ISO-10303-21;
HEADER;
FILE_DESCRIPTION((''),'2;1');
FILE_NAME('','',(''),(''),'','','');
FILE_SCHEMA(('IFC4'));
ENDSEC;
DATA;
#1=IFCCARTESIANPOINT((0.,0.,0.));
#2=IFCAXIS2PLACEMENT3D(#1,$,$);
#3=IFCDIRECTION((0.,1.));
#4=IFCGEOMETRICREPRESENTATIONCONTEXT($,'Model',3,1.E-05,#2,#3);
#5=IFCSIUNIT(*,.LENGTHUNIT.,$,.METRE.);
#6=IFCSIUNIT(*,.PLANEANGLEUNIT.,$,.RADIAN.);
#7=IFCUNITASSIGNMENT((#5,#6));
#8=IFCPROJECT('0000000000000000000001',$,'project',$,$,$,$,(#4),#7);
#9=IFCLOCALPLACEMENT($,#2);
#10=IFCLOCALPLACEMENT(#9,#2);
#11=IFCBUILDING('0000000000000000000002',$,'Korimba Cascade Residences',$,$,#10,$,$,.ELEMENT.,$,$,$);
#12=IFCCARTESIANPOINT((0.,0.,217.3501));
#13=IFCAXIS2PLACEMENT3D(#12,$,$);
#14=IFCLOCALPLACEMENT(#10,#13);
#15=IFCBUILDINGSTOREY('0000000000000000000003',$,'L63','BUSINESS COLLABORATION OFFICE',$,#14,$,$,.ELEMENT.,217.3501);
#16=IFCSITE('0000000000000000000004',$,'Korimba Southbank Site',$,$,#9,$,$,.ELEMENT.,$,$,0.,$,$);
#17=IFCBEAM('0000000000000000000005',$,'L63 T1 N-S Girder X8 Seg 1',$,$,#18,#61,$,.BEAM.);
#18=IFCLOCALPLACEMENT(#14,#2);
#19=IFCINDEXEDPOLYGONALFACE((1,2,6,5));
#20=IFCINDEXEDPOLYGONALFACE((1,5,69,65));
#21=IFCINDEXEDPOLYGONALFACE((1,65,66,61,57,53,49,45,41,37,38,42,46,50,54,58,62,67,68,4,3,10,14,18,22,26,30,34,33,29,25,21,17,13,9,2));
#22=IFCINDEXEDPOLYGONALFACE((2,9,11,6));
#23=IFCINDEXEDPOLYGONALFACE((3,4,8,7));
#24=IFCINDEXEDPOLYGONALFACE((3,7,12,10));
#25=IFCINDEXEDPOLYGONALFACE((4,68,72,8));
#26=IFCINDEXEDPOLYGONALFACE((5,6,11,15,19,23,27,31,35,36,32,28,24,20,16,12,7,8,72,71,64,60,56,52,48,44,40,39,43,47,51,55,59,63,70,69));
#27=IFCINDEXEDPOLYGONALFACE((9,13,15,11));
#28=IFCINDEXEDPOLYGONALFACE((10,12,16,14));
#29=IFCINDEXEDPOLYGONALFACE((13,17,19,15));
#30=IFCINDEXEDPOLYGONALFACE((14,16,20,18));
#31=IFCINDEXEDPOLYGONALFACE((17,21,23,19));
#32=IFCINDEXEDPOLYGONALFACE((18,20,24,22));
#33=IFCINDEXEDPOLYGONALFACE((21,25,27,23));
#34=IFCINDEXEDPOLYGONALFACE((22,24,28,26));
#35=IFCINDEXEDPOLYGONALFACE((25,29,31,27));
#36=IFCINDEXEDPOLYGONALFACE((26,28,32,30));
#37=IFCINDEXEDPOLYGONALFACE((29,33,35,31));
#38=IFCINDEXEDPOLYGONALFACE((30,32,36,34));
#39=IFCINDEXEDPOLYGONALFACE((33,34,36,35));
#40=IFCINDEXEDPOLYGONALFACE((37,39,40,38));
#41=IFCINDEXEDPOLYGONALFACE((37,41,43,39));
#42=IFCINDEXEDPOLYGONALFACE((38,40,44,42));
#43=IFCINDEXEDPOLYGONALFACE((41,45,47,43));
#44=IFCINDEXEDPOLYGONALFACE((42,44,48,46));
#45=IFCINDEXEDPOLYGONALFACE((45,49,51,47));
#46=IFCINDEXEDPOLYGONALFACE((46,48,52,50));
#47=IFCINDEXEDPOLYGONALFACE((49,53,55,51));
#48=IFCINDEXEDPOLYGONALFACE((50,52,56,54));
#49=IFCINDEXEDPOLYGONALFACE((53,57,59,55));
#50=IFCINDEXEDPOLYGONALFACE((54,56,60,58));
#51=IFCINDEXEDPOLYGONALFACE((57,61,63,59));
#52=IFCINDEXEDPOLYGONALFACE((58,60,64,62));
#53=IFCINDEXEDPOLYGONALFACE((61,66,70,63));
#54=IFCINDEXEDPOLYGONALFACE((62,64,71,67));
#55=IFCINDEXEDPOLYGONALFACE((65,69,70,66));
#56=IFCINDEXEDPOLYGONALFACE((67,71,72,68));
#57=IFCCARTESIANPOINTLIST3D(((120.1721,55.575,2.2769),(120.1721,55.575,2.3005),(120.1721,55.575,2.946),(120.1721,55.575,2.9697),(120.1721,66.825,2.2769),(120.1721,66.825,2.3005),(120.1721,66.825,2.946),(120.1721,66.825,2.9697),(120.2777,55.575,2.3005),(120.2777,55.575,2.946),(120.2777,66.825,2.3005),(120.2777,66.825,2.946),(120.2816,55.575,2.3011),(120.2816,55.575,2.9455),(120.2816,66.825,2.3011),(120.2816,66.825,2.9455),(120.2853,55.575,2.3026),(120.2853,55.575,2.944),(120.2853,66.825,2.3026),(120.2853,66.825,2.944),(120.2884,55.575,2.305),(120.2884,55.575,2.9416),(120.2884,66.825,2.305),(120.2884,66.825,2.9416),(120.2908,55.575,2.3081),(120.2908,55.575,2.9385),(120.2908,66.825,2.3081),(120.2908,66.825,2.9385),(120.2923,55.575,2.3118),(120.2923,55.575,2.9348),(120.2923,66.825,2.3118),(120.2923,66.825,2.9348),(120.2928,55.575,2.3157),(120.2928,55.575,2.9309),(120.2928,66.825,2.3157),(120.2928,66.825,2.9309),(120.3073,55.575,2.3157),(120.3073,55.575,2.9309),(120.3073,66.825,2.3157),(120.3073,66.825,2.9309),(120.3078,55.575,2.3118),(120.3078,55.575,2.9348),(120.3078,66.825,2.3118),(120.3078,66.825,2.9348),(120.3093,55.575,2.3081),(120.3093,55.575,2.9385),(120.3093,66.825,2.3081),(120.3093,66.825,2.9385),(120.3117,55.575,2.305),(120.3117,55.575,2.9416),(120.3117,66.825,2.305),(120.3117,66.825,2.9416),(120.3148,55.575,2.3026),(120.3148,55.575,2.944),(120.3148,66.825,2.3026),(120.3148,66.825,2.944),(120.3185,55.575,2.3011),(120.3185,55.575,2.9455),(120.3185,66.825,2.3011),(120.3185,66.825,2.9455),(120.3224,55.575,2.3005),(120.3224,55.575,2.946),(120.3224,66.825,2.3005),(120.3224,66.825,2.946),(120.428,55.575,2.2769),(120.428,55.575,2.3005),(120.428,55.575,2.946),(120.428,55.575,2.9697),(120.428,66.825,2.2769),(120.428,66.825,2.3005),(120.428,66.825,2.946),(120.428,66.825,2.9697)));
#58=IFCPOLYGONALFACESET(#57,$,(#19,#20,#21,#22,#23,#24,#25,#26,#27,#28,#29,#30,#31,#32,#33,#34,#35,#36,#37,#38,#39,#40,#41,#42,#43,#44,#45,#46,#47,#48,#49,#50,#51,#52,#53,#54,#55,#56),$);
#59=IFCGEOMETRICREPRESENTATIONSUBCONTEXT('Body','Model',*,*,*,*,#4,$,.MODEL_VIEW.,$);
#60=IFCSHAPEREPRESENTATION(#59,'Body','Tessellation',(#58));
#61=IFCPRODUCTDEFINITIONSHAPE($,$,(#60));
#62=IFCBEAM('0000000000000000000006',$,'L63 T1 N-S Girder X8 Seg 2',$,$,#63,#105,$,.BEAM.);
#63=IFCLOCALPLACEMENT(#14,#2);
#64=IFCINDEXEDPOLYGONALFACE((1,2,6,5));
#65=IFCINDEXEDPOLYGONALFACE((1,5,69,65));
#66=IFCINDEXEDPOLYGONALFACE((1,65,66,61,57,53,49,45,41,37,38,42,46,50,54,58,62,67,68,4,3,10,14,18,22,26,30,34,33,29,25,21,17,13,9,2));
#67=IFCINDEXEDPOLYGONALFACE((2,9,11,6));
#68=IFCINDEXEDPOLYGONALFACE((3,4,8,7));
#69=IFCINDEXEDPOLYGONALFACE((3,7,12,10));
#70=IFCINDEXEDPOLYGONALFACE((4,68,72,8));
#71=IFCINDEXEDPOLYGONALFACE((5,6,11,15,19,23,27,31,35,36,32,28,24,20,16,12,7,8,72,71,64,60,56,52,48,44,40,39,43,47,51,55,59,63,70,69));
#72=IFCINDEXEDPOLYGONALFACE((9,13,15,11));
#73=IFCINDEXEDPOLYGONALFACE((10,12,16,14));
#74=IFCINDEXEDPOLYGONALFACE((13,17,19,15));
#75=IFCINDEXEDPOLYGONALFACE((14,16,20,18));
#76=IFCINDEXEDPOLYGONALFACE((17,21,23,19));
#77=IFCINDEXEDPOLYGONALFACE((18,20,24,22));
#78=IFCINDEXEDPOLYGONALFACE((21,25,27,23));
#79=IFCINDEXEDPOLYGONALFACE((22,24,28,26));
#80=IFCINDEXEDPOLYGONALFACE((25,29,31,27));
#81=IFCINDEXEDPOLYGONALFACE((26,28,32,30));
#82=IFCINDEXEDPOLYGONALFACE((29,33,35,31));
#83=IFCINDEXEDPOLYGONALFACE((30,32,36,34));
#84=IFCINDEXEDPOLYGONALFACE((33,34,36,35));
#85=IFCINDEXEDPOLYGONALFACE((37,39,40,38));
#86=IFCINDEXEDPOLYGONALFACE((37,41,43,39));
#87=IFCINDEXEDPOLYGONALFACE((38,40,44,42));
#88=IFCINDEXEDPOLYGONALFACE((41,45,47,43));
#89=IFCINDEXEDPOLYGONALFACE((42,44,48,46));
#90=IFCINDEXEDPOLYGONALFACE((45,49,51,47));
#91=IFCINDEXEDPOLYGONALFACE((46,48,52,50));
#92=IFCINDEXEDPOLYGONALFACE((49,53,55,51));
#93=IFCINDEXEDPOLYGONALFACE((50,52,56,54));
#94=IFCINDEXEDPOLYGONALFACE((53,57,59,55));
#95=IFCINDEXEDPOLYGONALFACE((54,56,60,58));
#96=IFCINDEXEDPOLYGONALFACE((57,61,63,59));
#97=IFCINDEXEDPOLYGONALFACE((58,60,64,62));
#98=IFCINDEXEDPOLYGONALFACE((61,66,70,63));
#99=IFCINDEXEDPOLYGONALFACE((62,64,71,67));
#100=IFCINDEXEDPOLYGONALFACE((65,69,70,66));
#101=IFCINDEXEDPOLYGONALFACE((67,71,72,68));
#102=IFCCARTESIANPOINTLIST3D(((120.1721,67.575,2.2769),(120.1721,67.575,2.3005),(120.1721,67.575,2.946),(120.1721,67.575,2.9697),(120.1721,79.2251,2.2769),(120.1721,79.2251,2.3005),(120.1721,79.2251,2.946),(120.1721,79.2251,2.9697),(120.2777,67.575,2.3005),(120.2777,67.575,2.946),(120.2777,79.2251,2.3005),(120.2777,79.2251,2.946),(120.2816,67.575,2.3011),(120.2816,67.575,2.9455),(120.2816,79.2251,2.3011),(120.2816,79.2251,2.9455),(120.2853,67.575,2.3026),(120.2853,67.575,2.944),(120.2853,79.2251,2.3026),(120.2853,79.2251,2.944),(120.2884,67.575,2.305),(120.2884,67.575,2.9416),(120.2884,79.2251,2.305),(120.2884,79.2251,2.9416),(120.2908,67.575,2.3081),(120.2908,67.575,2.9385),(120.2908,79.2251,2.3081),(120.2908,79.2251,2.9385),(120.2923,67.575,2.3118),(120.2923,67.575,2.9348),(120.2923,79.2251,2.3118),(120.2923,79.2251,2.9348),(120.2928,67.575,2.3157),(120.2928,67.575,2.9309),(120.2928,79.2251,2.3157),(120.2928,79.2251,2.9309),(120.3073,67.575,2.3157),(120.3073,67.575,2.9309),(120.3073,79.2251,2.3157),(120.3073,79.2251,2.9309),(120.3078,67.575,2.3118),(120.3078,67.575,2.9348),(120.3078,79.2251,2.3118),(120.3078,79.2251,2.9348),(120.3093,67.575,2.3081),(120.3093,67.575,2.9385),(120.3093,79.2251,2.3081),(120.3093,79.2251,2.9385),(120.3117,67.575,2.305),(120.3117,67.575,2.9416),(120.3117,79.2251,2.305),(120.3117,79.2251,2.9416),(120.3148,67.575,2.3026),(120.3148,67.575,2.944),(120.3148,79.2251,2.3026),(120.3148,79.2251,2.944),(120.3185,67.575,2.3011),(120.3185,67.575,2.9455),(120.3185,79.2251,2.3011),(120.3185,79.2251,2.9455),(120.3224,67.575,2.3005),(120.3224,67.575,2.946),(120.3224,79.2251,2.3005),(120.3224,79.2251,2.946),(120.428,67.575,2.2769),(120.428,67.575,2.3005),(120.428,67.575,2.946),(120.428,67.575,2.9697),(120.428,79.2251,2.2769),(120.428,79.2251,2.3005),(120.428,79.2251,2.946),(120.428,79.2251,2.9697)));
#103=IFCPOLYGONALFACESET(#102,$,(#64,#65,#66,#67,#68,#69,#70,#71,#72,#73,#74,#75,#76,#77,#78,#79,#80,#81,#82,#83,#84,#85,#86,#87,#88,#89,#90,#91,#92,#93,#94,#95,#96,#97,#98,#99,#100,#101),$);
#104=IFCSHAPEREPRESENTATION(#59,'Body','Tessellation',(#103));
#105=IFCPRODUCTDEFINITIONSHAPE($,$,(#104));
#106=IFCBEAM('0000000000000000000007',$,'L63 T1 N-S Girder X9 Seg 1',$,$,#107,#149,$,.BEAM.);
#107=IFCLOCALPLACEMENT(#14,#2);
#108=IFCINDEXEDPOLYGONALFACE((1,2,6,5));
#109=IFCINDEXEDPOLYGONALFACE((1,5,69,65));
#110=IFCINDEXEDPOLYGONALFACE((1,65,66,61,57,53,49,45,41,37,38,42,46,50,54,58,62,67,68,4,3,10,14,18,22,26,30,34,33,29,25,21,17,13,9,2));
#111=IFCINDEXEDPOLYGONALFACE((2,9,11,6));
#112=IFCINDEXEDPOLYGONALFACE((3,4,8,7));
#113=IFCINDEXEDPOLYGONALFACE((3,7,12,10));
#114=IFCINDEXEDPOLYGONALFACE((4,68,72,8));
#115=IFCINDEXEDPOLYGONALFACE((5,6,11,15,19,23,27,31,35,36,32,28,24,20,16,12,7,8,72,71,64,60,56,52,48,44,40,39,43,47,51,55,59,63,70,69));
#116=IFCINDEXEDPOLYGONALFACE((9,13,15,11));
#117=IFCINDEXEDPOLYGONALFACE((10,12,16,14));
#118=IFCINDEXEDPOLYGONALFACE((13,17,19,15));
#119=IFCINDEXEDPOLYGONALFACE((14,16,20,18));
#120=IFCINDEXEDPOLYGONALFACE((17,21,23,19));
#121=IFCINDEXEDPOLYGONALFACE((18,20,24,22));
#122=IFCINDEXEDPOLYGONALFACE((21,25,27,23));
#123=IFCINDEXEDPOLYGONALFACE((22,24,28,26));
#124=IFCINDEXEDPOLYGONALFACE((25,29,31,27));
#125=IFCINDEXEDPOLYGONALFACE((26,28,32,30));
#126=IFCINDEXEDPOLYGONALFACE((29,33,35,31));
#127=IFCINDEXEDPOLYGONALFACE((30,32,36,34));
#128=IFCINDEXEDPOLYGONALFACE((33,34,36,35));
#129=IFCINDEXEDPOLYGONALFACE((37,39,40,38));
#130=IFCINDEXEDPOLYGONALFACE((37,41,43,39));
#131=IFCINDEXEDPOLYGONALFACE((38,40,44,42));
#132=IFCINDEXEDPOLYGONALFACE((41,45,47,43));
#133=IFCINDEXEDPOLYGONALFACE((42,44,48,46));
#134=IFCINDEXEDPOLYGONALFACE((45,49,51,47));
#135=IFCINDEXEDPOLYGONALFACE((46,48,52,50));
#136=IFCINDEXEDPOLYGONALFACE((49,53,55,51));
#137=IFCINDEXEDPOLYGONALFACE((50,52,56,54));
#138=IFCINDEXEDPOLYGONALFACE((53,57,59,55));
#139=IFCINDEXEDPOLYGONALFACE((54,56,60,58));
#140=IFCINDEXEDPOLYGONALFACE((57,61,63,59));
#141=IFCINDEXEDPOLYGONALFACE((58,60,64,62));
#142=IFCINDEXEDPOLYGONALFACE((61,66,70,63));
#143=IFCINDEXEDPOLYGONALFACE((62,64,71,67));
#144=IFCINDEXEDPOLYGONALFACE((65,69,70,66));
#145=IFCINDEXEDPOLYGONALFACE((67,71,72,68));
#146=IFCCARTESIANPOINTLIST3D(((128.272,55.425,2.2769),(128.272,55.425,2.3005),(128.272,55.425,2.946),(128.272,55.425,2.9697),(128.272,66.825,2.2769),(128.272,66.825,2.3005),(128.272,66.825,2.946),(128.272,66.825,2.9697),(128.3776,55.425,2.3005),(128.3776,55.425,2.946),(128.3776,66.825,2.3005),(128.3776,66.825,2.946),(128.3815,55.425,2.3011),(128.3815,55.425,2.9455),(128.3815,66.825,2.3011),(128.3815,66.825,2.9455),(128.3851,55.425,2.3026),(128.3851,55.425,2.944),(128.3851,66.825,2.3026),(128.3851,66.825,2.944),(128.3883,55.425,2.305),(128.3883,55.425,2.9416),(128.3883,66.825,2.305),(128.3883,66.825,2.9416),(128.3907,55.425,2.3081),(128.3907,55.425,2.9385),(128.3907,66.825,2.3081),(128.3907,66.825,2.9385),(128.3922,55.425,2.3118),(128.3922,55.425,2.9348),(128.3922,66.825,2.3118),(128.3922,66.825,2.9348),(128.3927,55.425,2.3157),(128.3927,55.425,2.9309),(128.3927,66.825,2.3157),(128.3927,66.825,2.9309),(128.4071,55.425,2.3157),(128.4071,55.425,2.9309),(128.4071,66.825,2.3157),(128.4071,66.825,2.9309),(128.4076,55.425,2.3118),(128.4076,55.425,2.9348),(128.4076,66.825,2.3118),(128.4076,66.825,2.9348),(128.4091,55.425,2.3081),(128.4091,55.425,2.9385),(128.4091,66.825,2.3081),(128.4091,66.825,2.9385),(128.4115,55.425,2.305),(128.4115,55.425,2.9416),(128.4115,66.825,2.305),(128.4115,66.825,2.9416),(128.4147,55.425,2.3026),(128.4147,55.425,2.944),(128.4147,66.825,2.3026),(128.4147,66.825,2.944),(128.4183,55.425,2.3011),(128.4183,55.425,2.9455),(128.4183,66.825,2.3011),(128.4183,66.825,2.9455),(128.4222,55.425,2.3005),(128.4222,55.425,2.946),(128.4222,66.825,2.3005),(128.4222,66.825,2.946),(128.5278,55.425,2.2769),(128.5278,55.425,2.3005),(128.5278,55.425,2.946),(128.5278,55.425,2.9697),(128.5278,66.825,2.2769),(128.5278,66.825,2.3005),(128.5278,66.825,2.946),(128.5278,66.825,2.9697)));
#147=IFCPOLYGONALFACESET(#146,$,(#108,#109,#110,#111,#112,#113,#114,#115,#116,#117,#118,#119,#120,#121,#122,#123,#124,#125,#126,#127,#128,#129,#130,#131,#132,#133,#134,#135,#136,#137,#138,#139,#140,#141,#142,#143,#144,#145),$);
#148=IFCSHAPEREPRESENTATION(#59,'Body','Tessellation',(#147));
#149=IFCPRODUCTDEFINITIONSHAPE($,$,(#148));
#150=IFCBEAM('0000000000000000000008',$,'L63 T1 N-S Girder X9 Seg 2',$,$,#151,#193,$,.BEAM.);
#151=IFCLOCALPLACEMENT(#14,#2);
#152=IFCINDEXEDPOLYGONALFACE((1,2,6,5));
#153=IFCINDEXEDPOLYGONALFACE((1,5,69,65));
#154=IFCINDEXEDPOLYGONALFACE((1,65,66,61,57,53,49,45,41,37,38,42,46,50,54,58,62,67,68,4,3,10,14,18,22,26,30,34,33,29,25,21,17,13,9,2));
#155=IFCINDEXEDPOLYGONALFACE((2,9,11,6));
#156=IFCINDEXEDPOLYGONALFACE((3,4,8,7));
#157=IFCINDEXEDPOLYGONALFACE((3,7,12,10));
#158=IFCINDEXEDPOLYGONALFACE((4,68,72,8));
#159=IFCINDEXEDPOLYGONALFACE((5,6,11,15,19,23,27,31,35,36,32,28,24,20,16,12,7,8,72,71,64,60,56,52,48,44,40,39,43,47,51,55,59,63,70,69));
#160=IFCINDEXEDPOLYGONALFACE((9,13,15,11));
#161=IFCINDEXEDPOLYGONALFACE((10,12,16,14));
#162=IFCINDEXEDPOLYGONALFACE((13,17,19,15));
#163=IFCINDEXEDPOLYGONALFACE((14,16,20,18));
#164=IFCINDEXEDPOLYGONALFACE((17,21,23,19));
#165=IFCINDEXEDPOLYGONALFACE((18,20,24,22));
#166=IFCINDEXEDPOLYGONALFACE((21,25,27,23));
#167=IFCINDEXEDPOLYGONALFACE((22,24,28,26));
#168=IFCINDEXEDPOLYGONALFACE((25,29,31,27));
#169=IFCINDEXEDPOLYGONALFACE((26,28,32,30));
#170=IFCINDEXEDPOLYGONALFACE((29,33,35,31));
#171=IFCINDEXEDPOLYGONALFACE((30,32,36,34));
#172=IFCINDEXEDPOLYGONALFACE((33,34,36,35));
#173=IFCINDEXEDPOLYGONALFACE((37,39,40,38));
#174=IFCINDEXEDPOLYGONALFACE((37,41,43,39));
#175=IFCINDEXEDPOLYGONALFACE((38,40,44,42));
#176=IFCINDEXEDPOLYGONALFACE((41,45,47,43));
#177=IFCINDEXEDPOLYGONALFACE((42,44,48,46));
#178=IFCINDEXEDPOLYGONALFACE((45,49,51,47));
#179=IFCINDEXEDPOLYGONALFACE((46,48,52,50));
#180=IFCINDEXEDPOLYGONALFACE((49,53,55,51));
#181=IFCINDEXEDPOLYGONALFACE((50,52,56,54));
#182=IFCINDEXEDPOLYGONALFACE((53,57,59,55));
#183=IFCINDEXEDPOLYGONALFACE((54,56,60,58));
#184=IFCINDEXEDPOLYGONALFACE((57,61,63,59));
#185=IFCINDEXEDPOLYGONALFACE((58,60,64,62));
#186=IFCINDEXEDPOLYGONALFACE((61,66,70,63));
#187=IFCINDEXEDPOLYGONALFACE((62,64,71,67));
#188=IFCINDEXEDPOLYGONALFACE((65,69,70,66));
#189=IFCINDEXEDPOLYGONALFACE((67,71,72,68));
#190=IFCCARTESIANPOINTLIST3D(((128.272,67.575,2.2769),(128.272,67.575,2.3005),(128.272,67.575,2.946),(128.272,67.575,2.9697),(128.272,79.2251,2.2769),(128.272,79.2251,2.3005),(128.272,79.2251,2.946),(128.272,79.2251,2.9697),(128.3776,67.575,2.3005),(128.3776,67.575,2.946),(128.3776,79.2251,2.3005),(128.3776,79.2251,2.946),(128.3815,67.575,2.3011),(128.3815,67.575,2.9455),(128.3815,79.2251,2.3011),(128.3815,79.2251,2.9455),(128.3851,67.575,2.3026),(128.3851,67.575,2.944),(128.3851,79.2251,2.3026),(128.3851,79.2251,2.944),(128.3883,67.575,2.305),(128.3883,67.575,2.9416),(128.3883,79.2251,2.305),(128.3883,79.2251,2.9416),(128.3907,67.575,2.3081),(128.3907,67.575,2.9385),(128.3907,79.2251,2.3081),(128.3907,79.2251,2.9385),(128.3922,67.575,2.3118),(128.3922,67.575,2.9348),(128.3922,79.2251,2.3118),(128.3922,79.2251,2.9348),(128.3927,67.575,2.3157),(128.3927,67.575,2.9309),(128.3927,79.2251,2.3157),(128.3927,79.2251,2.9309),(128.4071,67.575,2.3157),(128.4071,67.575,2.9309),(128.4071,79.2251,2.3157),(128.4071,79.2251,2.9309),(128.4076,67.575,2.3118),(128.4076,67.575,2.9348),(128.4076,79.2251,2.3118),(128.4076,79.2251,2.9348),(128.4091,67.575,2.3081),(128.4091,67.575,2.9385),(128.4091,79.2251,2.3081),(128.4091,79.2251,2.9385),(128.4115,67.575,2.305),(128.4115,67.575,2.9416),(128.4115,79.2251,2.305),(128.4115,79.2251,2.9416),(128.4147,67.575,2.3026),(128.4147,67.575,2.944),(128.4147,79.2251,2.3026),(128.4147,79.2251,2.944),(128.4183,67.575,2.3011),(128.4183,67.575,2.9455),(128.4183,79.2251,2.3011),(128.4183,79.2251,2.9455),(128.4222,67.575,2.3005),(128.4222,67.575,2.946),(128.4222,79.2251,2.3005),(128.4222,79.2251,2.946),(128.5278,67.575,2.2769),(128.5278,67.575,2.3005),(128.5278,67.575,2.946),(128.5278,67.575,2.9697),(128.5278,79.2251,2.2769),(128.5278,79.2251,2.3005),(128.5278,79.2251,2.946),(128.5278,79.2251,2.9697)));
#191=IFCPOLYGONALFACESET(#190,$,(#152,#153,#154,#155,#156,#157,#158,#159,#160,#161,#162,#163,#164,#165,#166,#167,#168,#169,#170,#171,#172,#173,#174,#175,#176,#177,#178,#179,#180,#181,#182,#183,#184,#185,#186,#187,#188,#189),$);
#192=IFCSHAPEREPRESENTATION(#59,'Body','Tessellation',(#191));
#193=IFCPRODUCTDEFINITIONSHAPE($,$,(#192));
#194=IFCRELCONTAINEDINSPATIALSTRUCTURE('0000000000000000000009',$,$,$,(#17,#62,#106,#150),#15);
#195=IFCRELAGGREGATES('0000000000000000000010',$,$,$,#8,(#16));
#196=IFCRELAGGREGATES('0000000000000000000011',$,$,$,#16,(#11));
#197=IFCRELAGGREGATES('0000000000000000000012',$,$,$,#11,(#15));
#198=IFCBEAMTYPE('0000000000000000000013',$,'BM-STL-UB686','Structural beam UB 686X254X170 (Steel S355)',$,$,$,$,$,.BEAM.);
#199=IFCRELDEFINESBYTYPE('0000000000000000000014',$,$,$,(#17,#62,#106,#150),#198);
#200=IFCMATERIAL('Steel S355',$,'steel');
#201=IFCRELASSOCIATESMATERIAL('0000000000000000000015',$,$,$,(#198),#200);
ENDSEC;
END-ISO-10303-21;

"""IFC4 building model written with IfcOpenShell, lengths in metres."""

from ifc_helpers import new_model, si_unit, direction, frame, origin, origin_2d, place, context, subcontext, project, spatial, i_section, extrude, material, material_profile, profile_set, type_object, element, save


model = new_model("IFC4")

# Units and contexts
model_context = context("Model", 3, precision=1e-05, world=origin(), true_north=direction((0.0, 1.0)))
body_context = subcontext(model_context, "Body", "Model", "MODEL_VIEW")
ifc_project = project(units=[si_unit("LENGTHUNIT", "METRE"), si_unit("PLANEANGLEUNIT", "RADIAN")], contexts=[model_context])

# Site, building, storey
site_placement = place(None, origin())
site = spatial("IfcSite", under=ifc_project, at=site_placement, Name="Korimba Southbank Site", CompositionType="ELEMENT", RefElevation=0.0)
building_placement = place(site_placement, origin())
building = spatial("IfcBuilding", under=site, at=building_placement, Name="Korimba Cascade Residences", CompositionType="ELEMENT")
storey_placement = place(building_placement, frame((0.0, 0.0, 217.3501)))
storey = spatial("IfcBuildingStorey", under=building, at=storey_placement, Name="L63", Description="BUSINESS COLLABORATION OFFICE", CompositionType="ELEMENT", Elevation=217.3501)

# Beams
ifc_material_1 = material(Name="Steel S355", Category="steel")
ifc_material_profile_1 = material_profile(ifc_material_1, i_section(OverallWidth=0.2559, OverallDepth=0.6929, WebThickness=0.0144, FlangeThickness=0.0237, FilletRadius=0.0151, at=origin_2d()), Name="Steel S355")
ifc_profile_set_1 = profile_set([ifc_material_profile_1], Name="Steel S355")
beam_type_1 = type_object("IfcBeamType", Name="BM-STL-UB686", Description="Structural beam UB 686X254X170 (Steel S355)", PredefinedType="BEAM", material=ifc_profile_set_1)
beam_1_placement = place(storey_placement, frame((120.3, 55.575, 2.6233), z_axis=(0.0, 1.0, 0.0), x_axis=(-1.0, 0.0, 0.0)))
element("IfcBeam", 1, at=beam_1_placement, inside=storey, type_object=beam_type_1, Name="L63 T1 N-S Girder X8 Seg 1", PredefinedType="BEAM", context=body_context, shape_type="SweptSolid", body=[
    extrude(i_section(OverallWidth=0.2559, OverallDepth=0.6929, WebThickness=0.0144, FlangeThickness=0.0237, FilletRadius=0.0151, at=origin_2d()), origin(), (0.0, 0.0, 1.0), 11.25),
])
beam_2_placement = place(storey_placement, frame((120.3, 67.575, 2.6233), z_axis=(0.0, 1.0, 0.0), x_axis=(-1.0, 0.0, 0.0)))
element("IfcBeam", 2, at=beam_2_placement, inside=storey, type_object=beam_type_1, Name="L63 T1 N-S Girder X8 Seg 2", PredefinedType="BEAM", context=body_context, shape_type="SweptSolid", body=[
    extrude(i_section(OverallWidth=0.2559, OverallDepth=0.6929, WebThickness=0.0144, FlangeThickness=0.0237, FilletRadius=0.0151, at=origin_2d()), origin(), (0.0, 0.0, 1.0), 11.6501),
])
beam_3_placement = place(storey_placement, frame((128.3999, 55.425, 2.6233), z_axis=(0.0, 1.0, 0.0), x_axis=(-1.0, 0.0, 0.0)))
element("IfcBeam", 3, at=beam_3_placement, inside=storey, type_object=beam_type_1, Name="L63 T1 N-S Girder X9 Seg 1", PredefinedType="BEAM", context=body_context, shape_type="SweptSolid", body=[
    extrude(i_section(OverallWidth=0.2559, OverallDepth=0.6929, WebThickness=0.0144, FlangeThickness=0.0237, FilletRadius=0.0151, at=origin_2d()), origin(), (0.0, 0.0, 1.0), 11.3999),
])
beam_4_placement = place(storey_placement, frame((128.3999, 67.575, 2.6233), z_axis=(0.0, 1.0, 0.0), x_axis=(-1.0, 0.0, 0.0)))
element("IfcBeam", 4, at=beam_4_placement, inside=storey, type_object=beam_type_1, Name="L63 T1 N-S Girder X9 Seg 2", PredefinedType="BEAM", context=body_context, shape_type="SweptSolid", body=[
    extrude(i_section(OverallWidth=0.2559, OverallDepth=0.6929, WebThickness=0.0144, FlangeThickness=0.0237, FilletRadius=0.0151, at=origin_2d()), origin(), (0.0, 0.0, 1.0), 11.6501),
])

save(model, "model.ifc")
